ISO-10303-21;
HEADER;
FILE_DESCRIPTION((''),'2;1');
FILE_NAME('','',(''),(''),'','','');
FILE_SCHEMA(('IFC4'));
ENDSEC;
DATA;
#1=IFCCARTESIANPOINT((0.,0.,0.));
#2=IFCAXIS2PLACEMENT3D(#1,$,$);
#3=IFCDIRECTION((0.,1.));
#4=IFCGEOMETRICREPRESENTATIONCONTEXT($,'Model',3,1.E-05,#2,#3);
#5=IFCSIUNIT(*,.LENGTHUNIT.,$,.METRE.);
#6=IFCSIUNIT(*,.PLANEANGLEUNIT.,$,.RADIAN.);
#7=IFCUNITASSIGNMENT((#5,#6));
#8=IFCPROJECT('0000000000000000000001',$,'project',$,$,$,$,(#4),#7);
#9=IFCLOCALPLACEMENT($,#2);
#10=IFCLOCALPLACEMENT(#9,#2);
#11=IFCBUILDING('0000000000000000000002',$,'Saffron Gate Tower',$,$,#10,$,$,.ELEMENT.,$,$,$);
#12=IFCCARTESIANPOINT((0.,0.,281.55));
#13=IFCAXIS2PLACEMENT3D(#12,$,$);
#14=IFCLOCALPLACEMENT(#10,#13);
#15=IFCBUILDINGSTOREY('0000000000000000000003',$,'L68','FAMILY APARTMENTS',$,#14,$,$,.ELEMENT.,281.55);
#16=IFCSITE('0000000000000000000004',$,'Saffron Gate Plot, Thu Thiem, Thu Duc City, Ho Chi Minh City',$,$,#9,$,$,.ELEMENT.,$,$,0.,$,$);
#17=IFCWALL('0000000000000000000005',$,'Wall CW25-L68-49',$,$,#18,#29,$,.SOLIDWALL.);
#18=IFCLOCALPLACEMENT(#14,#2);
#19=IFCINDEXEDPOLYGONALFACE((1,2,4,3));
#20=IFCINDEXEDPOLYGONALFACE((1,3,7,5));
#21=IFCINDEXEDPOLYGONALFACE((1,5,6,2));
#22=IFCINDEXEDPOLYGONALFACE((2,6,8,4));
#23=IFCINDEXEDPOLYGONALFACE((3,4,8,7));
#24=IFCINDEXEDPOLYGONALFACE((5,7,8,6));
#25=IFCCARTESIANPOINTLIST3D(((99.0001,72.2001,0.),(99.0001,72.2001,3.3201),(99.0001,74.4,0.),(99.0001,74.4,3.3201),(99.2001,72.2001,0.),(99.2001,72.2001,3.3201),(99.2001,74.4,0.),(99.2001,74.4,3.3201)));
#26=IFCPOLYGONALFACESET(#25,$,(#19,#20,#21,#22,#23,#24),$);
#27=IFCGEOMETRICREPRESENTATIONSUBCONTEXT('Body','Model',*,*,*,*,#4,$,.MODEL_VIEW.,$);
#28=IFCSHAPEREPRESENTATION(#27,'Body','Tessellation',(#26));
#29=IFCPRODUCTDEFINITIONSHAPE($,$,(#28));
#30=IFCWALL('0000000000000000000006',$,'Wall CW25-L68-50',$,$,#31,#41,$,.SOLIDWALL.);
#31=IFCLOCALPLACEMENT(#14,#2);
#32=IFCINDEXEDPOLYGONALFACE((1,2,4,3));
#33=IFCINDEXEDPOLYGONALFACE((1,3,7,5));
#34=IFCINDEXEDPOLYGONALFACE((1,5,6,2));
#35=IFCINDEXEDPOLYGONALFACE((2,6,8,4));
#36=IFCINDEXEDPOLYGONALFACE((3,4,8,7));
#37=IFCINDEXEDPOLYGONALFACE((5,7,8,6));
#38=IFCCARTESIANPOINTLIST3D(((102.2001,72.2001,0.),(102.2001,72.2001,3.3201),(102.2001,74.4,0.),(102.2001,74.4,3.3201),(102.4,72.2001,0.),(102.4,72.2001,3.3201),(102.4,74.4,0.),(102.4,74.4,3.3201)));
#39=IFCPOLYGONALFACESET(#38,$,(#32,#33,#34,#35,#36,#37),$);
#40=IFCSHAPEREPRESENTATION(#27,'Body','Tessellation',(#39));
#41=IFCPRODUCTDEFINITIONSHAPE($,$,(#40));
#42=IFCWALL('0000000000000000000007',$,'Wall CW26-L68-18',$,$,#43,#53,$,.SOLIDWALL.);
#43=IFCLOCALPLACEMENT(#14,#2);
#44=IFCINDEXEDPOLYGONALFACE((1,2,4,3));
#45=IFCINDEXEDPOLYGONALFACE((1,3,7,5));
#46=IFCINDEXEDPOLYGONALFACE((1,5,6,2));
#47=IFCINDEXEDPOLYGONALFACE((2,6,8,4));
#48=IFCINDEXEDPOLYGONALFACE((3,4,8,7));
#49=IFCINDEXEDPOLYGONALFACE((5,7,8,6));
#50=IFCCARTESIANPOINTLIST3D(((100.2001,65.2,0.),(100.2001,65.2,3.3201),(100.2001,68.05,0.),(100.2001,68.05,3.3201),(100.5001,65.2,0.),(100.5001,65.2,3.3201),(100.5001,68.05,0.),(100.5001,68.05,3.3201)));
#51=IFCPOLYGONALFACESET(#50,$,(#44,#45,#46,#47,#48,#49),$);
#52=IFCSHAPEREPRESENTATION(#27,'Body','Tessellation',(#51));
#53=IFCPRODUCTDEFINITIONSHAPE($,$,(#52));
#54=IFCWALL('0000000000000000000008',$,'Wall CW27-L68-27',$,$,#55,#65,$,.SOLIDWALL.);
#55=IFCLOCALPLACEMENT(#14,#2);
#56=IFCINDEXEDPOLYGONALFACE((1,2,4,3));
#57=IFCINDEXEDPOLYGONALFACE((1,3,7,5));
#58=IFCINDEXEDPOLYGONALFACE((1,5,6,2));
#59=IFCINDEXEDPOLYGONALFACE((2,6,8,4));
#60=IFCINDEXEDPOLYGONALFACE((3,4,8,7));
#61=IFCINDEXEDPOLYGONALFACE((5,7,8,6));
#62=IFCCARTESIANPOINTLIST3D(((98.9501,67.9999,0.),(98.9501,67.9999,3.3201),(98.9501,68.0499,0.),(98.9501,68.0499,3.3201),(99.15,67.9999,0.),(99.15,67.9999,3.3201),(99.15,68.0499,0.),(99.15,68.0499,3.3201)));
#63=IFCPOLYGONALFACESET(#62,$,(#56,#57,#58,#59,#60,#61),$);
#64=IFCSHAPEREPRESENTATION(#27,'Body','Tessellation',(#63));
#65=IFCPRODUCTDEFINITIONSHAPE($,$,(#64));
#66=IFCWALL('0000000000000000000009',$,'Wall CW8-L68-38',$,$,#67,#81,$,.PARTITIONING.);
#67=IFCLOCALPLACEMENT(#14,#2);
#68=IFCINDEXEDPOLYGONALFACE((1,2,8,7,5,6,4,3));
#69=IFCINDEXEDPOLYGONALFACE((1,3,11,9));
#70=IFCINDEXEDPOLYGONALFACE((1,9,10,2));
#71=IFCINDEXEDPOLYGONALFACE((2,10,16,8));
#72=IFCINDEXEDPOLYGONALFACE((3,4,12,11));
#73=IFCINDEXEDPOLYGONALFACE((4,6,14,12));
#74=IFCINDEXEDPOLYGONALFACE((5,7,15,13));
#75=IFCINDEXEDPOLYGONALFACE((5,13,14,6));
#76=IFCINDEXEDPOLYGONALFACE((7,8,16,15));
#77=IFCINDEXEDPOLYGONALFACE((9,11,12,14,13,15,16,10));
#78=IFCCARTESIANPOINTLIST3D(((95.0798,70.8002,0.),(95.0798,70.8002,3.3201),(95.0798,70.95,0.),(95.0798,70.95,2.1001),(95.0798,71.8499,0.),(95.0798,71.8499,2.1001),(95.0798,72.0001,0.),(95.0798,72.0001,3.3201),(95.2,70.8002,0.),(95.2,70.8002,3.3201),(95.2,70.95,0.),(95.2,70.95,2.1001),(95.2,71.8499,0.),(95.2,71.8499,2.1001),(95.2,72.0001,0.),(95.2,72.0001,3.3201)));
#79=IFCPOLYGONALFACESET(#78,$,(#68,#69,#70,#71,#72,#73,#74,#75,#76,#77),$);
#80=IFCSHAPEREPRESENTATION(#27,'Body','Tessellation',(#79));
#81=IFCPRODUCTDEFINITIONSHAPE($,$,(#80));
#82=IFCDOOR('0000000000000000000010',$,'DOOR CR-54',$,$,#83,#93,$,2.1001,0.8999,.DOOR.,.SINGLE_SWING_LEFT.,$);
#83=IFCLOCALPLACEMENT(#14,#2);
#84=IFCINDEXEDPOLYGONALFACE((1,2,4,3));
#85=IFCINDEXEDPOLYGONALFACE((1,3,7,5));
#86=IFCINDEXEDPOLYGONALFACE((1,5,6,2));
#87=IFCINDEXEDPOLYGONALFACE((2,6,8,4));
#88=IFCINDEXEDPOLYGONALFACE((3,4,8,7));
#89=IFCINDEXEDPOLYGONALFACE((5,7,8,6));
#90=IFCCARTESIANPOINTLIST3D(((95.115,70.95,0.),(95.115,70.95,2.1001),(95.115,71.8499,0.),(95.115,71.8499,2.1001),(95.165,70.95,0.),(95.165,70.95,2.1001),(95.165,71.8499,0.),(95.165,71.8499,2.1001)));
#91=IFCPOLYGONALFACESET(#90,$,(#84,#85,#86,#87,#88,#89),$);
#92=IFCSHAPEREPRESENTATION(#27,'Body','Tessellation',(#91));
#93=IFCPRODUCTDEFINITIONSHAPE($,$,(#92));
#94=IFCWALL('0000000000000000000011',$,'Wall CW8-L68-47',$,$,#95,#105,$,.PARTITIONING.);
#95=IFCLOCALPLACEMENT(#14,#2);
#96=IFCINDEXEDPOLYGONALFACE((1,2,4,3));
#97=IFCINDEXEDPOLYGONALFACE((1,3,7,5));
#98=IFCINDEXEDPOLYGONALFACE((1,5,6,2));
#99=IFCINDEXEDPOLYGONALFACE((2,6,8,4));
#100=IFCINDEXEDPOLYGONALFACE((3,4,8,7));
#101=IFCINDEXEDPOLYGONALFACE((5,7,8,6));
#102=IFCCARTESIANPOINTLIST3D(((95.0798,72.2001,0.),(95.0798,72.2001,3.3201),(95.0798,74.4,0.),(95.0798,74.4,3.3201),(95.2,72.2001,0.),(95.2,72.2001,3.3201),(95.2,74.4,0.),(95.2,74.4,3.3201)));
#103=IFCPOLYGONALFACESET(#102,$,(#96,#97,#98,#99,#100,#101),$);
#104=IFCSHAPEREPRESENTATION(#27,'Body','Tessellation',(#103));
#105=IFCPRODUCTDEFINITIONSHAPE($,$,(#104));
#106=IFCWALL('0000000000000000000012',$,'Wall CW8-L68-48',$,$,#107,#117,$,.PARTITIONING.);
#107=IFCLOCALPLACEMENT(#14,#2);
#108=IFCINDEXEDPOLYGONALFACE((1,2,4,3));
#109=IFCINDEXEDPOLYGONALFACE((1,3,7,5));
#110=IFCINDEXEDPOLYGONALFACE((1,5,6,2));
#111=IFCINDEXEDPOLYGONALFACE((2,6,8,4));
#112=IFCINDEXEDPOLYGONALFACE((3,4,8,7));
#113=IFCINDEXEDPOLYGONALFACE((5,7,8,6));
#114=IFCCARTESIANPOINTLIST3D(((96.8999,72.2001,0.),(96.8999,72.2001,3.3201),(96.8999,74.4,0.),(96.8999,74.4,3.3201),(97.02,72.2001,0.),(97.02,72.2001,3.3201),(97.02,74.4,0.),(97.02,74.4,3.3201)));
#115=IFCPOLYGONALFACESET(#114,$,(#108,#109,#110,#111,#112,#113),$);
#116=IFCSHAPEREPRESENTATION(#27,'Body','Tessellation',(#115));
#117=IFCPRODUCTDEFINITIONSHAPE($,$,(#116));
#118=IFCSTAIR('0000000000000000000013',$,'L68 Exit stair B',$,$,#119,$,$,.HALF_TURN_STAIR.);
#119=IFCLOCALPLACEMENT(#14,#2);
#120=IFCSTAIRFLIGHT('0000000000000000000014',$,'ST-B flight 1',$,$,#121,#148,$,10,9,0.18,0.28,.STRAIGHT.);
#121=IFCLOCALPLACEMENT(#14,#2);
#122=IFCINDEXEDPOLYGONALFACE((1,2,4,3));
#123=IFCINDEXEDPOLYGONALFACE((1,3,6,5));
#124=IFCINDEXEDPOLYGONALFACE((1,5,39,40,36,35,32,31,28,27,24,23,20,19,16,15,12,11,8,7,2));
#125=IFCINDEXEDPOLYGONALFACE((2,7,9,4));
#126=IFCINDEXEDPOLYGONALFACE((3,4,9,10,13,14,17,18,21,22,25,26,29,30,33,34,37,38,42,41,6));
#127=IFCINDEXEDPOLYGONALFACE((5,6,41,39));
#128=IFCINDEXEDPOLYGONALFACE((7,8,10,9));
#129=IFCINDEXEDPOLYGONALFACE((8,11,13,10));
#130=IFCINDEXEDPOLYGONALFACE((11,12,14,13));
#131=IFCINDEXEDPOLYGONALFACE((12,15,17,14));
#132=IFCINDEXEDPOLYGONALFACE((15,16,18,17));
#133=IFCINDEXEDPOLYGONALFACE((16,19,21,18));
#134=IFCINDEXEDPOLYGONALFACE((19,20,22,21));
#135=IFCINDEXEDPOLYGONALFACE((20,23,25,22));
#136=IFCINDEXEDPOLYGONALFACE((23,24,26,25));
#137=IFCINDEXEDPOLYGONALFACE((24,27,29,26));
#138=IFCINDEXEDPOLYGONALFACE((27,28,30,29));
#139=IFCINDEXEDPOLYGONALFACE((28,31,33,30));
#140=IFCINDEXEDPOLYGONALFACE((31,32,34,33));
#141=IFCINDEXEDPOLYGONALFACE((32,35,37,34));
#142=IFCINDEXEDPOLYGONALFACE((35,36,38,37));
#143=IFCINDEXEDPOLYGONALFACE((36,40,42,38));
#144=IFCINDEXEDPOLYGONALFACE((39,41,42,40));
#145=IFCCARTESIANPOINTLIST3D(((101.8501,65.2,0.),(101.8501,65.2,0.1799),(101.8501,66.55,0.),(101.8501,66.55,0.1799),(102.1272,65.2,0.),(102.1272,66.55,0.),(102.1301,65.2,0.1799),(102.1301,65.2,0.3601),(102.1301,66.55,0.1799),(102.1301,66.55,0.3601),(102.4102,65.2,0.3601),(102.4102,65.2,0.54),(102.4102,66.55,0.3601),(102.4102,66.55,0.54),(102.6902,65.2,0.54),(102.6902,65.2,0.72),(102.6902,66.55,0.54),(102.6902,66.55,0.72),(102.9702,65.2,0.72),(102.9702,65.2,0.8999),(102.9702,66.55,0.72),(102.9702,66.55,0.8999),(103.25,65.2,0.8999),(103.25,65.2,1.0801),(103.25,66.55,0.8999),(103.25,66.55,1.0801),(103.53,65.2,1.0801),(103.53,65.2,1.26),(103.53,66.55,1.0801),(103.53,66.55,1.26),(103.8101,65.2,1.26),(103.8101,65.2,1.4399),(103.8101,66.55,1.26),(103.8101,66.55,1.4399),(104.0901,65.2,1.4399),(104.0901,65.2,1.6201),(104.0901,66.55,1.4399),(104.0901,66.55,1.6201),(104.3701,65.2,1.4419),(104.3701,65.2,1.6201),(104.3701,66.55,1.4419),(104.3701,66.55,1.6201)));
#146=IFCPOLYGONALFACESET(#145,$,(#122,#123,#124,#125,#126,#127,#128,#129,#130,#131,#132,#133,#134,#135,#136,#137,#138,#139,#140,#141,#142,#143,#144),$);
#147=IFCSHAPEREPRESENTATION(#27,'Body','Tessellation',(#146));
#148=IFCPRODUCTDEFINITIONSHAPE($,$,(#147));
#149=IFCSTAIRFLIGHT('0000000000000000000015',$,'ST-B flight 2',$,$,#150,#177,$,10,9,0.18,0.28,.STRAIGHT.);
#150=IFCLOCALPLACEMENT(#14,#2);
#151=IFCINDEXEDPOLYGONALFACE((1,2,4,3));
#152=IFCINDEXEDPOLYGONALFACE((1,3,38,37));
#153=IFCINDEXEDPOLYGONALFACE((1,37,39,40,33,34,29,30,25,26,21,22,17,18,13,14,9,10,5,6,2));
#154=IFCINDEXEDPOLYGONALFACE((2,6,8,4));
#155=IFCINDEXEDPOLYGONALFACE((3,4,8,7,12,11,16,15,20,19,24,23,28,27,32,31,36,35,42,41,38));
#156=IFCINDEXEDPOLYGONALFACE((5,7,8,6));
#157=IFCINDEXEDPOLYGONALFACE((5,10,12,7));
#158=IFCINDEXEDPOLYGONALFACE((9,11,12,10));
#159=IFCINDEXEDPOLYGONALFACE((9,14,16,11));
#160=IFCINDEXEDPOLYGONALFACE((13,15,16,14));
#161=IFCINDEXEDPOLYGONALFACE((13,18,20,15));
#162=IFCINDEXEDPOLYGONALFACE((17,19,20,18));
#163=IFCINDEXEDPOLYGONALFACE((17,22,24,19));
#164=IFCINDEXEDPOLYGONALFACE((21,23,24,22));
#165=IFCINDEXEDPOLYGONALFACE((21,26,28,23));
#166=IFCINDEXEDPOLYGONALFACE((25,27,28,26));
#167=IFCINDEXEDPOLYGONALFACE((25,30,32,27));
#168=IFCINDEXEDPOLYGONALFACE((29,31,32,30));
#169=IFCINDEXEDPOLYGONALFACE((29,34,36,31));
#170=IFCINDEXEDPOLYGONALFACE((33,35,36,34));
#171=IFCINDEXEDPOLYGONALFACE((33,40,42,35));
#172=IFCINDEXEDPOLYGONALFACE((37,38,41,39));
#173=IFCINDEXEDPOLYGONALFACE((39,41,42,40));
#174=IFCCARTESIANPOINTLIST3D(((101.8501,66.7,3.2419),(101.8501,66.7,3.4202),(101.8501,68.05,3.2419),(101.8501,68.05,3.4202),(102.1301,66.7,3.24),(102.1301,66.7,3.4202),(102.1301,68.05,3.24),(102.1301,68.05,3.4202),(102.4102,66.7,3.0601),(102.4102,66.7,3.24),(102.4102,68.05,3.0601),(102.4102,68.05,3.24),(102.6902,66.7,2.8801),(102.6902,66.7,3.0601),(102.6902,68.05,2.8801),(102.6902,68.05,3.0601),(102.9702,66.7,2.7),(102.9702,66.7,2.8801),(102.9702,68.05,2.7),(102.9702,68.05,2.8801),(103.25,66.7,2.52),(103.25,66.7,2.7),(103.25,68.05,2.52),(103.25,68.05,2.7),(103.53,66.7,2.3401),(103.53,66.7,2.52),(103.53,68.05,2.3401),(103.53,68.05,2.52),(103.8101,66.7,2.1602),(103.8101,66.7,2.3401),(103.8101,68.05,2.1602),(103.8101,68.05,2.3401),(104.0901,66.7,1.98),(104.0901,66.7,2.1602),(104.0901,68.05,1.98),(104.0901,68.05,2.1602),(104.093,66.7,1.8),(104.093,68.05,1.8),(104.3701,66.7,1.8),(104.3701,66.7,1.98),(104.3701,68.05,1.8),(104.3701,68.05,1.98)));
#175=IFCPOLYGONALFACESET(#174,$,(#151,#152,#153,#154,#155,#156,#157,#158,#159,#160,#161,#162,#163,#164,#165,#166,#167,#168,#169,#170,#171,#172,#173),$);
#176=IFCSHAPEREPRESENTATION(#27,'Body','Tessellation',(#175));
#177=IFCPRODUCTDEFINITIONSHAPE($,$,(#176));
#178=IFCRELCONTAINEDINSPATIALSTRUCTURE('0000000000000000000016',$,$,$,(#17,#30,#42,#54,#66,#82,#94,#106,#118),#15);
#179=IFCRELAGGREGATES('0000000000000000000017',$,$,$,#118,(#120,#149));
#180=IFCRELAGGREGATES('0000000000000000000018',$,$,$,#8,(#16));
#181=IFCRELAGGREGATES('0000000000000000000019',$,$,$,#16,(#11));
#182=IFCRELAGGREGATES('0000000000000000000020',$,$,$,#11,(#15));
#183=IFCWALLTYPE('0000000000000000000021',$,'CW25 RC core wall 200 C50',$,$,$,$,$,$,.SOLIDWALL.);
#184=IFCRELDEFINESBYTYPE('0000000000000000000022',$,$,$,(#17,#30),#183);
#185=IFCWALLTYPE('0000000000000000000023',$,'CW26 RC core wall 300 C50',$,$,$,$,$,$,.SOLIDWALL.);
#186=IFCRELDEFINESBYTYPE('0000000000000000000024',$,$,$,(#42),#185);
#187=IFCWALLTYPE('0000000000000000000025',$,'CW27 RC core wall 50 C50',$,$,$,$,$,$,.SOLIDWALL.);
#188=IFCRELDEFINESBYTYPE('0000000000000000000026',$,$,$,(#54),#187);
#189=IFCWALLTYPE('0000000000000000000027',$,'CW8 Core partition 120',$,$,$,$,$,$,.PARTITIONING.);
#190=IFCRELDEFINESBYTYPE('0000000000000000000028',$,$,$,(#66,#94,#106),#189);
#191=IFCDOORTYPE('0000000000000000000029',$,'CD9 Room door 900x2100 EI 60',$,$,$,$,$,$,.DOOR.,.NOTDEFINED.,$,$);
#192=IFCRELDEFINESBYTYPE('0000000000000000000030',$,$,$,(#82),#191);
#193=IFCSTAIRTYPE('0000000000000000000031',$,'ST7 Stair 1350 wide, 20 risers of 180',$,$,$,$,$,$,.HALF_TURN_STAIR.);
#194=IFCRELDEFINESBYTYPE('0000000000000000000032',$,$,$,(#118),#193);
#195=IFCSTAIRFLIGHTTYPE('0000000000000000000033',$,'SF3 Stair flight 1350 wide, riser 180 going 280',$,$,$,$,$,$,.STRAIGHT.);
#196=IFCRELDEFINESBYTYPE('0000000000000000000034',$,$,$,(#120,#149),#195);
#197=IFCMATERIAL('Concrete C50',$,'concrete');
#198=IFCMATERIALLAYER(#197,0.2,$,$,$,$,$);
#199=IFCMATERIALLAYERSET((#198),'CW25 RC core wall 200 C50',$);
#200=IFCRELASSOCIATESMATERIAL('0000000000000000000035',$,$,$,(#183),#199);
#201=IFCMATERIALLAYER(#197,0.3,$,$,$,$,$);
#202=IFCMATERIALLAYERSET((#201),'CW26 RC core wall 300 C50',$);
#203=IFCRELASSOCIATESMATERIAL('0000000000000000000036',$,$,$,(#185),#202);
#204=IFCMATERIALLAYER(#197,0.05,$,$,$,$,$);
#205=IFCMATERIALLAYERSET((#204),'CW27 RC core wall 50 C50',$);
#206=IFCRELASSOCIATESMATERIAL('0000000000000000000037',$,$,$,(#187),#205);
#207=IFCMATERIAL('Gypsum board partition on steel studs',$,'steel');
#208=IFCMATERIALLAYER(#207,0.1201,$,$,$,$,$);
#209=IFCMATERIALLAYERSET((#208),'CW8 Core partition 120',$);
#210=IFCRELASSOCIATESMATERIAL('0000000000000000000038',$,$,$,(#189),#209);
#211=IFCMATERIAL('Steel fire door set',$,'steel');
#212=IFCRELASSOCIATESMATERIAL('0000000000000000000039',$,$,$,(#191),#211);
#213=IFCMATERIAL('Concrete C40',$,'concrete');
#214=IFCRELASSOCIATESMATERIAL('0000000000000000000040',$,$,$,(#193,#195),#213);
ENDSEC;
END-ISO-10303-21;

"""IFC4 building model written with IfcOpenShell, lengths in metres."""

from ifc_helpers import new_model, si_unit, direction, frame, frame_2d, origin, place, context, subcontext, project, spatial, polyline, rectangle, outline, extrude, material, layer, layer_set, type_object, element, fill, aggregate, save


model = new_model("IFC4")

# Units and contexts
model_context = context("Model", 3, precision=1e-05, world=origin(), true_north=direction((0.0, 1.0)))
body_context = subcontext(model_context, "Body", "Model", "MODEL_VIEW")
ifc_project = project(units=[si_unit("LENGTHUNIT", "METRE"), si_unit("PLANEANGLEUNIT", "RADIAN")], contexts=[model_context])

# Site, building, storey
site_placement = place(None, origin())
site = spatial("IfcSite", under=ifc_project, at=site_placement, Name="Saffron Gate Plot, Thu Thiem, Thu Duc City, Ho Chi Minh City", CompositionType="ELEMENT", RefElevation=0.0)
building_placement = place(site_placement, origin())
building = spatial("IfcBuilding", under=site, at=building_placement, Name="Saffron Gate Tower", CompositionType="ELEMENT")
storey_placement = place(building_placement, frame((0.0, 0.0, 281.55)))
storey = spatial("IfcBuildingStorey", under=building, at=storey_placement, Name="L68", Description="FAMILY APARTMENTS", CompositionType="ELEMENT", Elevation=281.55)

# Shared definitions
ifc_material_1 = material(Name="Concrete C50", Category="concrete")
ifc_material_2 = material(Name="Steel fire door set", Category="steel")

# Walls
ifc_layer_1 = layer(ifc_material_1, 0.2)
ifc_layer_set_1 = layer_set([ifc_layer_1], Name="CW25 RC core wall 200 C50")
wall_type_1 = type_object("IfcWallType", Name="CW25 RC core wall 200 C50", PredefinedType="SOLIDWALL", material=ifc_layer_set_1)
for number, where, z_axis, x_axis, name in (
    (1, (99.1001, 72.2, 0.0), (0.0, 0.0, 1.0), (0.0, 1.0, 0.0), "Wall CW25-L68-49"),
    (2, (102.3, 72.2, 0.0), (0.0, 0.0, 1.0), (0.0, 1.0, 0.0), "Wall CW25-L68-50"),
):
    element("IfcWall", number, at=place(storey_placement, frame(where, z_axis=z_axis, x_axis=x_axis)), inside=storey, type_object=wall_type_1, Name=name, PredefinedType="SOLIDWALL", context=body_context, shape_type="SweptSolid", body=[
        extrude(rectangle(XDim=2.2, YDim=0.2, at=frame_2d((1.1001, 0.0))), origin(), (0.0, 0.0, 1.0), 3.3201),
    ])
ifc_layer_2 = layer(ifc_material_1, 0.3)
ifc_layer_set_2 = layer_set([ifc_layer_2], Name="CW26 RC core wall 300 C50")
wall_type_2 = type_object("IfcWallType", Name="CW26 RC core wall 300 C50", PredefinedType="SOLIDWALL", material=ifc_layer_set_2)
wall_1_placement = place(storey_placement, frame((100.3501, 65.2, 0.0), z_axis=(0.0, 0.0, 1.0), x_axis=(0.0, 1.0, 0.0)))
element("IfcWall", 3, at=wall_1_placement, inside=storey, type_object=wall_type_2, Name="Wall CW26-L68-18", PredefinedType="SOLIDWALL", context=body_context, shape_type="SweptSolid", body=[
    extrude(rectangle(XDim=2.8501, YDim=0.3, at=frame_2d((1.425, 0.0))), origin(), (0.0, 0.0, 1.0), 3.3201),
])
ifc_layer_3 = layer(ifc_material_1, 0.05)
ifc_layer_set_3 = layer_set([ifc_layer_3], Name="CW27 RC core wall 50 C50")
wall_type_3 = type_object("IfcWallType", Name="CW27 RC core wall 50 C50", PredefinedType="SOLIDWALL", material=ifc_layer_set_3)
wall_2_placement = place(storey_placement, frame((98.95, 68.0249, 0.0), z_axis=(0.0, 0.0, 1.0), x_axis=(1.0, 0.0, 0.0)))
element("IfcWall", 4, at=wall_2_placement, inside=storey, type_object=wall_type_3, Name="Wall CW27-L68-27", PredefinedType="SOLIDWALL", context=body_context, shape_type="SweptSolid", body=[
    extrude(rectangle(XDim=0.2, YDim=0.05, at=frame_2d((0.1001, 0.0))), origin(), (0.0, 0.0, 1.0), 3.3201),
])

# Wall, opening, door
ifc_material_3 = material(Name="Gypsum board partition on steel studs", Category="steel")
ifc_layer_4 = layer(ifc_material_3, 0.1201)
ifc_layer_set_4 = layer_set([ifc_layer_4], Name="CW8 Core partition 120")
wall_type_4 = type_object("IfcWallType", Name="CW8 Core partition 120", PredefinedType="PARTITIONING", material=ifc_layer_set_4)
wall_3_placement = place(storey_placement, frame((95.1399, 70.8, 0.0), z_axis=(0.0, 0.0, 1.0), x_axis=(0.0, 1.0, 0.0)))
wall_3 = element("IfcWall", 5, at=wall_3_placement, inside=storey, type_object=wall_type_4, Name="Wall CW8-L68-38", PredefinedType="PARTITIONING", context=body_context, shape_type="SweptSolid", body=[
    extrude(rectangle(XDim=1.2, YDim=0.1201, at=frame_2d((0.6001, 0.0))), origin(), (0.0, 0.0, 1.0), 3.3201),
])
opening_1_placement = place(wall_3_placement, frame((0.1499, 0.0, 0.0)))
opening_1 = element("IfcOpeningElement", 6, at=opening_1_placement, cuts=wall_3, PredefinedType="OPENING", context=body_context, shape_type="SweptSolid", body=[
    extrude(rectangle(XDim=0.8999, YDim=2.1001, at=frame_2d((0.45, 1.05))), frame((0.0, 0.0701, 0.0), z_axis=(0.0, -1.0, 0.0), x_axis=(1.0, 0.0, 0.0)), (0.0, 0.0, 1.0), 0.1401),
])
door_type_1 = type_object("IfcDoorType", Name="CD9 Room door 900x2100 EI 60", OperationType="NOTDEFINED", PredefinedType="DOOR", material=ifc_material_2)
door_1_placement = place(opening_1_placement, origin())
door_1 = element("IfcDoor", 7, at=door_1_placement, inside=storey, type_object=door_type_1, Name="DOOR CR-54", OperationType="SINGLE_SWING_LEFT", OverallHeight=2.1001, OverallWidth=0.8999, PredefinedType="DOOR", context=body_context, shape_type="SweptSolid", body=[
    extrude(rectangle(XDim=0.8999, YDim=2.1001, at=frame_2d((0.45, 1.05))), frame((0.0, 0.0249, 0.0), z_axis=(0.0, -1.0, 0.0), x_axis=(1.0, 0.0, 0.0)), (0.0, 0.0, 1.0), 0.05),
])
fill(opening_1, door_1)

# Walls
for number, where, z_axis, x_axis, name in (
    (8, (95.1399, 72.2, 0.0), (0.0, 0.0, 1.0), (0.0, 1.0, 0.0), "Wall CW8-L68-47"),
    (9, (96.96, 72.2, 0.0), (0.0, 0.0, 1.0), (0.0, 1.0, 0.0), "Wall CW8-L68-48"),
):
    element("IfcWall", number, at=place(storey_placement, frame(where, z_axis=z_axis, x_axis=x_axis)), inside=storey, type_object=wall_type_4, Name=name, PredefinedType="PARTITIONING", context=body_context, shape_type="SweptSolid", body=[
        extrude(rectangle(XDim=2.2, YDim=0.1201, at=frame_2d((1.1001, 0.0))), origin(), (0.0, 0.0, 1.0), 3.3201),
    ])

# Stair, stair flights
ifc_material_4 = material(Name="Concrete C40", Category="concrete")
stair_type = type_object("IfcStairType", Name="ST7 Stair 1350 wide, 20 risers of 180", PredefinedType="HALF_TURN_STAIR", material=ifc_material_4)
stair_placement = place(storey_placement, origin())
stair = element("IfcStair", 10, at=stair_placement, inside=storey, type_object=stair_type, Name="L68 Exit stair B", PredefinedType="HALF_TURN_STAIR")
stair_flight_type = type_object("IfcStairFlightType", Name="SF3 Stair flight 1350 wide, riser 180 going 280", PredefinedType="STRAIGHT", material=ifc_material_4)
stair_flight_1_placement = place(storey_placement, frame((101.8501, 65.875, 0.0), z_axis=(0.0, 0.0, 1.0), x_axis=(1.0, 0.0, 0.0)))
stair_flight_1 = element("IfcStairFlight", 11, at=stair_flight_1_placement, type_object=stair_flight_type, Name="ST-B flight 1", NumberOfRisers=10, NumberOfTreads=9, PredefinedType="STRAIGHT", RiserHeight=0.18, TreadLength=0.28, context=body_context, shape_type="SweptSolid", body=[
    extrude(outline(polyline([(0.0, 0.0), (0.0, 0.1799), (0.28, 0.1799), (0.28, 0.3601), (0.5601, 0.3601), (0.5601, 0.54), (0.8401, 0.54), (0.8401, 0.72), (1.1201, 0.72), (1.1201, 0.8999), (1.3999, 0.8999), (1.3999, 1.0801), (1.6799, 1.0801), (1.6799, 1.26), (1.96, 1.26), (1.96, 1.4399), (2.24, 1.4399), (2.24, 1.6201), (2.52, 1.6201), (2.52, 1.8), (2.52, 1.4419), (0.2771, 0.0), (0.0, 0.0)])), frame((0.0, 0.675, 0.0), z_axis=(0.0, -1.0, 0.0), x_axis=(1.0, 0.0, 0.0)), (0.0, 0.0, 1.0), 1.3501),
])
stair_flight_2_placement = place(storey_placement, frame((104.3701, 67.375, 1.8), z_axis=(0.0, 0.0, 1.0), x_axis=(-1.0, 0.0, 0.0)))
stair_flight_2 = element("IfcStairFlight", 12, at=stair_flight_2_placement, type_object=stair_flight_type, Name="ST-B flight 2", NumberOfRisers=10, NumberOfTreads=9, PredefinedType="STRAIGHT", RiserHeight=0.18, TreadLength=0.28, context=body_context, shape_type="SweptSolid", body=[
    extrude(outline(polyline([(0.0, 0.0), (0.0, 0.1799), (0.28, 0.1799), (0.28, 0.3601), (0.5601, 0.3601), (0.5601, 0.54), (0.8401, 0.54), (0.8401, 0.72), (1.1201, 0.72), (1.1201, 0.8999), (1.3999, 0.8999), (1.3999, 1.0801), (1.6799, 1.0801), (1.6799, 1.26), (1.96, 1.26), (1.96, 1.4399), (2.24, 1.4399), (2.24, 1.6201), (2.52, 1.6201), (2.52, 1.8), (2.52, 1.4419), (0.2771, 0.0), (0.0, 0.0)])), frame((0.0, 0.675, 0.0), z_axis=(0.0, -1.0, 0.0), x_axis=(1.0, 0.0, 0.0)), (0.0, 0.0, 1.0), 1.3501),
])
aggregate(stair, [stair_flight_1, stair_flight_2])

save(model, "model.ifc")
